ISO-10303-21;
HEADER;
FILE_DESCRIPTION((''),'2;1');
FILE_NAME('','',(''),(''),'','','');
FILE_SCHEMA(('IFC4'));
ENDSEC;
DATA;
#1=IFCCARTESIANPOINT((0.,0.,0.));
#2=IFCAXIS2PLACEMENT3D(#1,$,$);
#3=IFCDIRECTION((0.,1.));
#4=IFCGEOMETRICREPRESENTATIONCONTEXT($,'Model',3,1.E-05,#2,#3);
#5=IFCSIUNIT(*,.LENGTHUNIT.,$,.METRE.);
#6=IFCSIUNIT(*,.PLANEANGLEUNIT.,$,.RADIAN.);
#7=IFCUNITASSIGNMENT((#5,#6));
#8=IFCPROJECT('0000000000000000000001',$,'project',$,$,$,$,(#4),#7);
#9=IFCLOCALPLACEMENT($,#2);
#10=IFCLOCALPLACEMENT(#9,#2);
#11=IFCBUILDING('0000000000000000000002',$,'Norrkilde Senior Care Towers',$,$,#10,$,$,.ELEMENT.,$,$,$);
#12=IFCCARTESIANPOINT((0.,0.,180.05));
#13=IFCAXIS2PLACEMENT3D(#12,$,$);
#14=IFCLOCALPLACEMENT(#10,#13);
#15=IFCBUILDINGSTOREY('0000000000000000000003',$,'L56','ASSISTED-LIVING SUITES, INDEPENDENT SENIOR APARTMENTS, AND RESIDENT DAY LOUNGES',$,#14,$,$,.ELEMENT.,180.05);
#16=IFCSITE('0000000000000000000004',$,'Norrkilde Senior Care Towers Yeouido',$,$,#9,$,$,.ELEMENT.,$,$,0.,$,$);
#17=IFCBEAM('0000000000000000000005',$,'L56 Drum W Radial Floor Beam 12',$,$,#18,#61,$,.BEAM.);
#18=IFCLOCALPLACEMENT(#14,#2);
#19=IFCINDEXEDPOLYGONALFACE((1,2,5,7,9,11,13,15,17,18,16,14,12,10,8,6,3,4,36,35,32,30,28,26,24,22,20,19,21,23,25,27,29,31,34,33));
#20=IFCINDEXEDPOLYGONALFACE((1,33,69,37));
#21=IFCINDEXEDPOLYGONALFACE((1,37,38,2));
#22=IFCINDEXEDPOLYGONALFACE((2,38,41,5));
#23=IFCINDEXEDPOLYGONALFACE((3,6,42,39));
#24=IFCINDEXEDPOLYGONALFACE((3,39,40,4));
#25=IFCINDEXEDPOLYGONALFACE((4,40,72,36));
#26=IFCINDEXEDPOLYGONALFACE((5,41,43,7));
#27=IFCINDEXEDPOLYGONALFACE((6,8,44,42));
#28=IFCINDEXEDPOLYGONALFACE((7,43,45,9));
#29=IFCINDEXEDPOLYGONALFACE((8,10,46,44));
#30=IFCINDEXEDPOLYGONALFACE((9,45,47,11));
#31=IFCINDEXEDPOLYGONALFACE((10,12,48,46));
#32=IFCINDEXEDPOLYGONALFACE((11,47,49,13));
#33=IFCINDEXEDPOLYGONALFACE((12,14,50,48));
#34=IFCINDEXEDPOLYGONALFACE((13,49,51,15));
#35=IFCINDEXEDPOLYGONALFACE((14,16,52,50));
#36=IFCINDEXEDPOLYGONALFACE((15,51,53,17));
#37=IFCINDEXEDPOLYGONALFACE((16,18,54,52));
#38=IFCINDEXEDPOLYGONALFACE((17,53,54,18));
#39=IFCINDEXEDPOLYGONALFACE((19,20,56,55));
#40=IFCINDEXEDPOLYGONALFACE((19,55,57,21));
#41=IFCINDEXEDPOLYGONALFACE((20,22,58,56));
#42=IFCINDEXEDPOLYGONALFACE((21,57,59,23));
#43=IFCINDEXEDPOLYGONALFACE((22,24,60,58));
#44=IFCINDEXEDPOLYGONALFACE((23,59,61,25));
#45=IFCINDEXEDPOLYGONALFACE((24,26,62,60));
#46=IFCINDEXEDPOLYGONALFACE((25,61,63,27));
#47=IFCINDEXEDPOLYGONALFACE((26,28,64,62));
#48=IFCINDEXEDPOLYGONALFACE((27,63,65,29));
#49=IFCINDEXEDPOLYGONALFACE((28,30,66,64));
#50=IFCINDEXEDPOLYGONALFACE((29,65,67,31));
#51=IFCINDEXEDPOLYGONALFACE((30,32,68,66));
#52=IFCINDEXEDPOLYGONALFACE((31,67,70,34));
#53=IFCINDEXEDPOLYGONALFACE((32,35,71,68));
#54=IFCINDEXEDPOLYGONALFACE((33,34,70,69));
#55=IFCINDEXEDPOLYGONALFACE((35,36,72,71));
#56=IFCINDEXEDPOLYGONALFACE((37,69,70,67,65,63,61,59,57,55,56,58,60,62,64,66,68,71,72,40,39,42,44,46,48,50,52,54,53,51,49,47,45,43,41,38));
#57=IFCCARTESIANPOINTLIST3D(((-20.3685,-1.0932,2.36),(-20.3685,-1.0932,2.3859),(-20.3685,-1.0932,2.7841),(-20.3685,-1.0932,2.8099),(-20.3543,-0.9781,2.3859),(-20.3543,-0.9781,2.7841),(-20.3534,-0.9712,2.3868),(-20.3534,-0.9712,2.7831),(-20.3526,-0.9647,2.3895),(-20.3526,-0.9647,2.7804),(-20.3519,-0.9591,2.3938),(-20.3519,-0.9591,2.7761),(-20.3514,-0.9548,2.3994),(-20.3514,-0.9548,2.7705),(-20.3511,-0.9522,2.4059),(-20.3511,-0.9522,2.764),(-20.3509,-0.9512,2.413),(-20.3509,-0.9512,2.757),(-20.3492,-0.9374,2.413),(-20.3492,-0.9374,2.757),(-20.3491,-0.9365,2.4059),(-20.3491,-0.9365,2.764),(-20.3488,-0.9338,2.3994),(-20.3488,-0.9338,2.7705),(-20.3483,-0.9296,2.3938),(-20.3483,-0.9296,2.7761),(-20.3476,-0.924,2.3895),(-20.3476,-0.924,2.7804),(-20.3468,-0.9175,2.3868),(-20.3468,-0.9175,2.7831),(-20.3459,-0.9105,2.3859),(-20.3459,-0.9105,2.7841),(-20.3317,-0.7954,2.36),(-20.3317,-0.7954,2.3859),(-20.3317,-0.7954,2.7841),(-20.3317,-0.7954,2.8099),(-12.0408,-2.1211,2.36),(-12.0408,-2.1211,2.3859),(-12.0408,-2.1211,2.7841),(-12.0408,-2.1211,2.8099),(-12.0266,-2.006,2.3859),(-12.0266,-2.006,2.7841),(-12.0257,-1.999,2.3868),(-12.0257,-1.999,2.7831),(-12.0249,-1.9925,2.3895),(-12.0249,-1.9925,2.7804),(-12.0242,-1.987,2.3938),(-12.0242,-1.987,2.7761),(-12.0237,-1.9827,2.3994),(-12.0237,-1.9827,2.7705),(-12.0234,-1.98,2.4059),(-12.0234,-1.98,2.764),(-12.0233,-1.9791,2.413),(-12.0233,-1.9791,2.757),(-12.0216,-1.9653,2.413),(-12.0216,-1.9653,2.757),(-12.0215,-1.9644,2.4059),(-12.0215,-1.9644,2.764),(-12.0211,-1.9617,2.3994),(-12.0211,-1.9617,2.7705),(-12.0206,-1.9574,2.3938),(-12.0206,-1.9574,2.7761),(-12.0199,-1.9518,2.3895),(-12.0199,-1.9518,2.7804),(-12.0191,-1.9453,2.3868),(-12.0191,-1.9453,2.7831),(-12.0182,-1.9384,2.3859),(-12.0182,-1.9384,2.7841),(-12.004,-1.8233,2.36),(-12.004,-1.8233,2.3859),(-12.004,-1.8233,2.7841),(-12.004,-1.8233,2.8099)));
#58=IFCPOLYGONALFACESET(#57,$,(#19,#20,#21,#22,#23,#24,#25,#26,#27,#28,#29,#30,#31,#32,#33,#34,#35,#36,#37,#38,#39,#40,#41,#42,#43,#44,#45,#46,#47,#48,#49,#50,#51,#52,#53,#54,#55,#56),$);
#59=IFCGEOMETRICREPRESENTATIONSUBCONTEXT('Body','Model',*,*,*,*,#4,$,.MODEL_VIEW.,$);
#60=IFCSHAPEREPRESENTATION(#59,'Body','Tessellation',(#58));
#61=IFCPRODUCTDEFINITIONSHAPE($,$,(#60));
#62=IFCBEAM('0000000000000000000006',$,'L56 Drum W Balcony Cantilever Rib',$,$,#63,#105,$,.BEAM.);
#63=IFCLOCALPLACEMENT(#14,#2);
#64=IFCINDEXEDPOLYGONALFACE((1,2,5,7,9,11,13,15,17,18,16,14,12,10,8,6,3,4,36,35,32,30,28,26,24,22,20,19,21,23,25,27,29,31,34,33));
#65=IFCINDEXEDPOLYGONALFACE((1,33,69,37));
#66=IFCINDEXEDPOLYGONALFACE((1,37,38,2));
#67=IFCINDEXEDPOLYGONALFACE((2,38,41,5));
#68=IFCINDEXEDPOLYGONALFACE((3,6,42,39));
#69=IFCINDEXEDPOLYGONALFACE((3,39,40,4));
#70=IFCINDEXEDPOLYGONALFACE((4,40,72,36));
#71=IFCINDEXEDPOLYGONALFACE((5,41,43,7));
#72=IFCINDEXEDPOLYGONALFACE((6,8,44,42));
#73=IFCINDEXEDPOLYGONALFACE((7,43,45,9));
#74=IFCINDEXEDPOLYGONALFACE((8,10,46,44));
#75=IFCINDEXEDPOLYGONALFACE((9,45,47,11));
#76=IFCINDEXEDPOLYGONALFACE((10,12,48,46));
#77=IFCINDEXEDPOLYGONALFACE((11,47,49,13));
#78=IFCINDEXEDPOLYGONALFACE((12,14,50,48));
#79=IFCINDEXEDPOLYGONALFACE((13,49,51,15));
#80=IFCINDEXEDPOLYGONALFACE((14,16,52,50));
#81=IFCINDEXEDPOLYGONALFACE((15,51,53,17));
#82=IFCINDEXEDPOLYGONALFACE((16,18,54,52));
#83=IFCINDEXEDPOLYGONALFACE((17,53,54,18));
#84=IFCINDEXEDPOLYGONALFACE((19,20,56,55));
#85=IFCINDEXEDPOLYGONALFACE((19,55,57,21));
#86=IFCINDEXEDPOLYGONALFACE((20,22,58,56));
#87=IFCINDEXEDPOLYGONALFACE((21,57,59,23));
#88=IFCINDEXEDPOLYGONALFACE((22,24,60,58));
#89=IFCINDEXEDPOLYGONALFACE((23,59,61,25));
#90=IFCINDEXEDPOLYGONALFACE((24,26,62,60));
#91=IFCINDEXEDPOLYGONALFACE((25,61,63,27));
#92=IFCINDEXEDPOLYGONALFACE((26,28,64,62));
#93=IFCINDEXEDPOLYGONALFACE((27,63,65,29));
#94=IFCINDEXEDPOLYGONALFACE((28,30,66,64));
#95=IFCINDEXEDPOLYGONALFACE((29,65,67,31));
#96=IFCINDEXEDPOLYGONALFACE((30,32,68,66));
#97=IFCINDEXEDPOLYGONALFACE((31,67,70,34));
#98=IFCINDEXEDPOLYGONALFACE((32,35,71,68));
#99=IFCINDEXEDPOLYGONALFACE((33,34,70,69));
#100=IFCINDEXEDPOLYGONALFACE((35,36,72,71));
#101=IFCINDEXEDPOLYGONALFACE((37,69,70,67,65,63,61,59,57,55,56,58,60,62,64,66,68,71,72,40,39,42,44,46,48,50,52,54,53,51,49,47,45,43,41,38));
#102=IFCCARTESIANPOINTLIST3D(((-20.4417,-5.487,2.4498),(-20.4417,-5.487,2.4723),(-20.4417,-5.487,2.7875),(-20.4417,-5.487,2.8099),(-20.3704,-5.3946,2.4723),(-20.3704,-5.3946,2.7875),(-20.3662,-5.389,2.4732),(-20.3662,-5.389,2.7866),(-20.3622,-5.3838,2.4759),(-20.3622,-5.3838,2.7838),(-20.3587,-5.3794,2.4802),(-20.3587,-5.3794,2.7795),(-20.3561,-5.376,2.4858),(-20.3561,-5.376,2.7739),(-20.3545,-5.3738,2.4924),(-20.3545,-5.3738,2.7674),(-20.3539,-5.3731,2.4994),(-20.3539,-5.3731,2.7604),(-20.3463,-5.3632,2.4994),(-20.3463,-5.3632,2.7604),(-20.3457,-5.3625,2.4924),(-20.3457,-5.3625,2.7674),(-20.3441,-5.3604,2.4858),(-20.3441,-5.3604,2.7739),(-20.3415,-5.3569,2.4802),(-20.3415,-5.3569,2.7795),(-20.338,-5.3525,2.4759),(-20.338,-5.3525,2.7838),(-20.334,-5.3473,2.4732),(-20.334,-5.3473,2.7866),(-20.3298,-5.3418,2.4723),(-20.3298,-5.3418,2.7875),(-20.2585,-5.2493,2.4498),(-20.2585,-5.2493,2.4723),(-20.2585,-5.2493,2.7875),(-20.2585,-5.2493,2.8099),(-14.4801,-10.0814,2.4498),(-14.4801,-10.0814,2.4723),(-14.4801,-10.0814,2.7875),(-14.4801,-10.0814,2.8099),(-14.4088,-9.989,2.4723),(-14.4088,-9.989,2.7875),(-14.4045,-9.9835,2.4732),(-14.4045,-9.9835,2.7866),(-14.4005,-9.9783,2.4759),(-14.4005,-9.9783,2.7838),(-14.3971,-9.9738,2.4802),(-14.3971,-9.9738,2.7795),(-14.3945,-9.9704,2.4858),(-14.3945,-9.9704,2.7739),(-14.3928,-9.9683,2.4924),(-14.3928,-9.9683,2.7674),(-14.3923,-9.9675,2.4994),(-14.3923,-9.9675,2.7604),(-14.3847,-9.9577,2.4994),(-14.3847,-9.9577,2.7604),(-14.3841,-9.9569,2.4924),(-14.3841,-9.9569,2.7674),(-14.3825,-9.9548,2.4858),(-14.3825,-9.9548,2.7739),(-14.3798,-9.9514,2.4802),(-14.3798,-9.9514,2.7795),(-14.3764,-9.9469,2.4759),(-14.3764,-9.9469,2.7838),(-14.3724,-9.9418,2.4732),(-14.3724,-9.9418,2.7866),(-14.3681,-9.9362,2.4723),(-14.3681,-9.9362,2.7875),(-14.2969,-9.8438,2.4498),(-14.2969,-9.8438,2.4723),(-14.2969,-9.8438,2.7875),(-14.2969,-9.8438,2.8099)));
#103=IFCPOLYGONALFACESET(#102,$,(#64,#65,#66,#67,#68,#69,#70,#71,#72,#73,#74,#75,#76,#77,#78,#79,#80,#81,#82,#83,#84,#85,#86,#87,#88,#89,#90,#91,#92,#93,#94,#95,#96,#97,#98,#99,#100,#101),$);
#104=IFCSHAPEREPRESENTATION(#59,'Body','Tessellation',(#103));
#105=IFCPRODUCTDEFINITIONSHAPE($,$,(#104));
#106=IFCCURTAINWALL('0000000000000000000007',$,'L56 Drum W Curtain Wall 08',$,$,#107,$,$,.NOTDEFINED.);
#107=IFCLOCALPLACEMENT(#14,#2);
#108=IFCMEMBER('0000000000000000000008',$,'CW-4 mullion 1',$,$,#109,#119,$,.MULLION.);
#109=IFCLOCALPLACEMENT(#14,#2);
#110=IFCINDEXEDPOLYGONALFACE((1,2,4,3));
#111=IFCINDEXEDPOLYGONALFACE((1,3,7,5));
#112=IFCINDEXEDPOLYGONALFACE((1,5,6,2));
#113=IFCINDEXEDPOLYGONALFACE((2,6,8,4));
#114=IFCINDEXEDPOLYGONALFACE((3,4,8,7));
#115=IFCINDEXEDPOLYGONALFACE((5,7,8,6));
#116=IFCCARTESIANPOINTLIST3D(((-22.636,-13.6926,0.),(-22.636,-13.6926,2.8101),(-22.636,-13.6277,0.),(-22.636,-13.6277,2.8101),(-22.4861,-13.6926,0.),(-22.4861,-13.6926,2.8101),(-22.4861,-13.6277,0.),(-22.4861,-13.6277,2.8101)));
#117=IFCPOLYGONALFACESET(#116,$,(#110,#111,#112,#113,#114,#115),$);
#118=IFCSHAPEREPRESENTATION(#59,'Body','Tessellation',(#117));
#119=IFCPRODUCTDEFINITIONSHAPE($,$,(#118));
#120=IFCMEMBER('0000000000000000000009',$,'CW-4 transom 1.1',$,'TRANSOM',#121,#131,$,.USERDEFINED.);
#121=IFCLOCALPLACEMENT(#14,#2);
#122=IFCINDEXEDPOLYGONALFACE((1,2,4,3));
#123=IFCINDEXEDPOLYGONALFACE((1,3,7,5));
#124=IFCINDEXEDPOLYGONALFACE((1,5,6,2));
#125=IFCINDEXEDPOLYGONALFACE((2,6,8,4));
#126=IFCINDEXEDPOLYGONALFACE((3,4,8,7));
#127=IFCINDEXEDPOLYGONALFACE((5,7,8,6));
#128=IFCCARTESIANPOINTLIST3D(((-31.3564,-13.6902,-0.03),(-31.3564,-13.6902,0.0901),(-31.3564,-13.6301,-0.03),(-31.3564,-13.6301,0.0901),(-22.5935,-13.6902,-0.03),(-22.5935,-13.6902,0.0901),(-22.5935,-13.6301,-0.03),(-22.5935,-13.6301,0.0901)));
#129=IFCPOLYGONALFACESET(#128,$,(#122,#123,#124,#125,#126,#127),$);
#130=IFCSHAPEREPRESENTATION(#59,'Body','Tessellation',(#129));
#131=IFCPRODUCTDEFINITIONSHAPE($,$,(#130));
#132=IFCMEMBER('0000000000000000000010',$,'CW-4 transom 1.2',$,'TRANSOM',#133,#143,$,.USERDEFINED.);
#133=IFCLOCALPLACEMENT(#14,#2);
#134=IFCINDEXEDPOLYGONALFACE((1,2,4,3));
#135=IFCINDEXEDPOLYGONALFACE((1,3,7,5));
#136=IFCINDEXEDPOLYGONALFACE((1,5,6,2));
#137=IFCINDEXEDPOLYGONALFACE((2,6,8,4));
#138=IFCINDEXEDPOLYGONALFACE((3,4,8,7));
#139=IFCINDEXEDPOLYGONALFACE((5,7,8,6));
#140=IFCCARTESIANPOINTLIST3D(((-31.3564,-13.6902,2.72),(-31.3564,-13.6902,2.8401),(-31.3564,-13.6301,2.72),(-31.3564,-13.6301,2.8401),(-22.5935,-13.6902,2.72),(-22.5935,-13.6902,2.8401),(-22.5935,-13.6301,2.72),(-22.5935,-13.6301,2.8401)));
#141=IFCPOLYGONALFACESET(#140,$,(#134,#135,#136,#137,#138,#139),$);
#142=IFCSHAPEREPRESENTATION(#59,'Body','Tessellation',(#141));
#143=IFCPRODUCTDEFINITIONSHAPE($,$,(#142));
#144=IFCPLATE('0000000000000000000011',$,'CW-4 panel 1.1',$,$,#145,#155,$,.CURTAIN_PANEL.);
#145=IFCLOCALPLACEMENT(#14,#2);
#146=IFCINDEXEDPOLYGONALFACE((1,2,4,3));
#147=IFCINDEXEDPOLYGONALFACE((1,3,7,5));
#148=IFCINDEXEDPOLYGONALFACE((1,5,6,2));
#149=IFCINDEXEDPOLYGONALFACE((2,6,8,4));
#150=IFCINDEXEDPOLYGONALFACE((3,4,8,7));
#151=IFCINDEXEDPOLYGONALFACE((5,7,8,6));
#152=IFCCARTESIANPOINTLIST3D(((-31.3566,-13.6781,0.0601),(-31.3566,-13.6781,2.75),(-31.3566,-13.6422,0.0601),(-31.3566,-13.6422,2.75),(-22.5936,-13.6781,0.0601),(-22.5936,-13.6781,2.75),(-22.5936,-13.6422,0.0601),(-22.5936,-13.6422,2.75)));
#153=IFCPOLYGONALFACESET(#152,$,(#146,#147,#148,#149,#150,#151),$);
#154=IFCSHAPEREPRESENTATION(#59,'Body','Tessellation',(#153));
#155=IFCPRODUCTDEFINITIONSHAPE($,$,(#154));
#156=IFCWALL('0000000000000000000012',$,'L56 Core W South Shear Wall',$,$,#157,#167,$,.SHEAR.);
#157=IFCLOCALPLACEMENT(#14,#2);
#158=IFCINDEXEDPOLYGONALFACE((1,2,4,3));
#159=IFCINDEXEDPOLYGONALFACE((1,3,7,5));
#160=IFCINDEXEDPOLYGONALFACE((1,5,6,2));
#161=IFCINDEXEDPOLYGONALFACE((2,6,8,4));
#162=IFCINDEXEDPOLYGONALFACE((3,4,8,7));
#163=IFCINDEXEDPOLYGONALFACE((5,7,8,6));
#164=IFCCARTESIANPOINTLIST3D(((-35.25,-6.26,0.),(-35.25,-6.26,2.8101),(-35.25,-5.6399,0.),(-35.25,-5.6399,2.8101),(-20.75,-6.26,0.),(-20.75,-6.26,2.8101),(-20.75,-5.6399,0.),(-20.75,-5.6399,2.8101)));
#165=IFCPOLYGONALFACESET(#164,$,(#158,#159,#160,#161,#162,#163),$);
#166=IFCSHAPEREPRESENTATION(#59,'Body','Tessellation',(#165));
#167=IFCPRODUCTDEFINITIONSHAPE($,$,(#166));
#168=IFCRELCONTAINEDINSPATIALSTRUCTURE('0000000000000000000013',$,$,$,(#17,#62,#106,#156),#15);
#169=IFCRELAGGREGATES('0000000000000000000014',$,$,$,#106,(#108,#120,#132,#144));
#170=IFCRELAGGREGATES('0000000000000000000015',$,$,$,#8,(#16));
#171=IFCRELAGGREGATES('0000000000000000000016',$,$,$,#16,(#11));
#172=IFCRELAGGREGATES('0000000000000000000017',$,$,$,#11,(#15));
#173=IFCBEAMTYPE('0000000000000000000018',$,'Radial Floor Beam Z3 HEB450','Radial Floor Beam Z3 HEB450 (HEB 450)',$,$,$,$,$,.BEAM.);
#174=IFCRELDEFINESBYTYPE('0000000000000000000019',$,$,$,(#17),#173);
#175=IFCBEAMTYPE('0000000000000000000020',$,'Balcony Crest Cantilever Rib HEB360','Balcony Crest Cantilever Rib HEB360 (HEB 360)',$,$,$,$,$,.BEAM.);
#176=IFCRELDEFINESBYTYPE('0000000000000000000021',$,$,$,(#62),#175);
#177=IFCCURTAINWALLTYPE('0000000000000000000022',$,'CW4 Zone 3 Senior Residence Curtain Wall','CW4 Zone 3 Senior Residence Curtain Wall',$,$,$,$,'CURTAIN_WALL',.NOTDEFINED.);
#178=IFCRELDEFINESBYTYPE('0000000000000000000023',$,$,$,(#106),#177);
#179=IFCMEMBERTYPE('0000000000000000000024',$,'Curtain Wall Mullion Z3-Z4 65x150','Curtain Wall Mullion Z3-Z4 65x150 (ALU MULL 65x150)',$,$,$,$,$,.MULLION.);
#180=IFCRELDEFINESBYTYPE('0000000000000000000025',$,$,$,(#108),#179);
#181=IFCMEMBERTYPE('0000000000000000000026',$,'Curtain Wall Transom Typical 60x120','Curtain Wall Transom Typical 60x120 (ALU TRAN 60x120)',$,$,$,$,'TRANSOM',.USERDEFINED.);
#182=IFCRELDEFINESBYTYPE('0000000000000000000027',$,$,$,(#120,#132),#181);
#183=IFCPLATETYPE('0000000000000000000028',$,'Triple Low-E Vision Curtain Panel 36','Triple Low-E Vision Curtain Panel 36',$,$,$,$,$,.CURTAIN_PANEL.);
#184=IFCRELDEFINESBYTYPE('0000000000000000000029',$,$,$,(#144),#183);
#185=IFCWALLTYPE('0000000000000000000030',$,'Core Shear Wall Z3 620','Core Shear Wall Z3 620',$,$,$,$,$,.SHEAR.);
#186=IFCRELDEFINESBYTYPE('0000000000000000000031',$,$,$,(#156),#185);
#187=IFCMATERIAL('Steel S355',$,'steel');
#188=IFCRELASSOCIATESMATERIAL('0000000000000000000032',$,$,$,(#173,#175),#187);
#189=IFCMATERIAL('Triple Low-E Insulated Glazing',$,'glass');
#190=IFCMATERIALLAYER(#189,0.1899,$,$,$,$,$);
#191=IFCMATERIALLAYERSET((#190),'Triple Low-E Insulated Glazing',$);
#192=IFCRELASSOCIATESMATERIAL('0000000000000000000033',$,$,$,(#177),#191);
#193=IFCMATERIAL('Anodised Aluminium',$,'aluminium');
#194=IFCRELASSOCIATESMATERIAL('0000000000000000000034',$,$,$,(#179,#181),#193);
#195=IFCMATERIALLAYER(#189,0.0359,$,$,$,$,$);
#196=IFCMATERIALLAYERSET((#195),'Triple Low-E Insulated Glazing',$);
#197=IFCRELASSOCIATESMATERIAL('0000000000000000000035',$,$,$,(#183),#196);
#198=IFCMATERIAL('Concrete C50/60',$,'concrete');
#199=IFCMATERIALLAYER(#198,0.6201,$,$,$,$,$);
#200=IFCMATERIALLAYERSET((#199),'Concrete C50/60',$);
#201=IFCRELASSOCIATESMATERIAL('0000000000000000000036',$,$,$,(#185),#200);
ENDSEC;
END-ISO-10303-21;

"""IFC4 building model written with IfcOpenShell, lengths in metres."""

from ifc_helpers import new_model, si_unit, direction, frame, frame_2d, origin, origin_2d, place, context, subcontext, project, spatial, rectangle, i_section, extrude, source, transform, mapped, material, layer, layer_set, material_profile, profile_set, type_object, type_shapes, element, aggregate, save


model = new_model("IFC4")

# Units and contexts
model_context = context("Model", 3, precision=1e-05, world=origin(), true_north=direction((0.0, 1.0)))
body_context = subcontext(model_context, "Body", "Model", "MODEL_VIEW")
ifc_project = project(units=[si_unit("LENGTHUNIT", "METRE"), si_unit("PLANEANGLEUNIT", "RADIAN")], contexts=[model_context])

# Site, building, storey
site_placement = place(None, origin())
site = spatial("IfcSite", under=ifc_project, at=site_placement, Name="Norrkilde Senior Care Towers Yeouido", CompositionType="ELEMENT", RefElevation=0.0)
building_placement = place(site_placement, origin())
building = spatial("IfcBuilding", under=site, at=building_placement, Name="Norrkilde Senior Care Towers", CompositionType="ELEMENT")
storey_placement = place(building_placement, frame((0.0, 0.0, 180.05)))
storey = spatial("IfcBuildingStorey", under=building, at=storey_placement, Name="L56", Description="ASSISTED-LIVING SUITES, INDEPENDENT SENIOR APARTMENTS, AND RESIDENT DAY LOUNGES", CompositionType="ELEMENT", Elevation=180.05)

# Shared definitions
ifc_material_1 = material(Name="Concrete C50/60", Category="concrete")

# Beams
ifc_material_2 = material(Name="Steel S355", Category="steel")
ifc_material_profile_1 = material_profile(ifc_material_2, i_section(OverallWidth=0.3, OverallDepth=0.45, WebThickness=0.0139, FlangeThickness=0.0259, FilletRadius=0.0271, at=origin_2d()), Name="HEB 450")
ifc_profile_set_1 = profile_set([ifc_material_profile_1], Name="Steel S355")
beam_type_1 = type_object("IfcBeamType", Name="Radial Floor Beam Z3 HEB450", Description="Radial Floor Beam Z3 HEB450 (HEB 450)", PredefinedType="BEAM", material=ifc_profile_set_1)
shared_shape_1 = source(origin(), body_context, "Body", "SweptSolid", [
    extrude(i_section(OverallWidth=0.3, OverallDepth=0.45, WebThickness=0.0139, FlangeThickness=0.0259, FilletRadius=0.0271, at=origin_2d()), origin(), (0.0, 0.0, 1.0), 8.3909),
])
beam_1_placement = place(storey_placement, frame((-20.3501, -0.9443, 2.585), z_axis=(0.992469, -0.122495, 0.0), x_axis=(0.122495, 0.992469, 0.0)))
element("IfcBeam", 1, at=beam_1_placement, inside=storey, type_object=beam_type_1, Name="L56 Drum W Radial Floor Beam 12", PredefinedType="BEAM", context=body_context, shape_type="MappedRepresentation", body=[
    mapped(shared_shape_1, transform((0.0, 0.0, 0.0), x_axis=(1.0, 0.0, 0.0), y_axis=(0.0, 1.0, 0.0), z_axis=(0.0, 0.0, 1.0), scale=1.0)),
])
ifc_material_profile_2 = material_profile(ifc_material_2, i_section(OverallWidth=0.3, OverallDepth=0.3601, WebThickness=0.0125, FlangeThickness=0.0225, FilletRadius=0.0271, at=origin_2d()), Name="HEB 360")
ifc_profile_set_2 = profile_set([ifc_material_profile_2], Name="Steel S355")
beam_type_2 = type_object("IfcBeamType", Name="Balcony Crest Cantilever Rib HEB360", Description="Balcony Crest Cantilever Rib HEB360 (HEB 360)", PredefinedType="BEAM", material=ifc_profile_set_2)
shared_shape_2 = source(origin(), body_context, "Body", "SweptSolid", [
    extrude(i_section(OverallWidth=0.3, OverallDepth=0.3601, WebThickness=0.0125, FlangeThickness=0.0225, FilletRadius=0.0271, at=origin_2d()), origin(), (0.0, 0.0, 1.0), 7.5266),
])
type_shapes(beam_type_2, [shared_shape_2])
beam_2_placement = place(storey_placement, frame((-20.3501, -5.3682, 2.6299), z_axis=(0.792073, -0.610427, 0.0), x_axis=(0.610427, 0.792073, 0.0)))
element("IfcBeam", 2, at=beam_2_placement, inside=storey, type_object=beam_type_2, Name="L56 Drum W Balcony Cantilever Rib", PredefinedType="BEAM", context=body_context, shape_type="MappedRepresentation", body=[
    mapped(shared_shape_2, transform((0.0, 0.0, 0.0), x_axis=(1.0, 0.0, 0.0), y_axis=(0.0, 1.0, 0.0), z_axis=(0.0, 0.0, 1.0), scale=1.0)),
])

# Curtain wall, members, plate
ifc_material_3 = material(Name="Triple Low-E Insulated Glazing", Category="glass")
ifc_layer_1 = layer(ifc_material_3, 0.1899)
ifc_layer_set_1 = layer_set([ifc_layer_1], Name="Triple Low-E Insulated Glazing")
curtain_wall_type = type_object("IfcCurtainWallType", Name="CW4 Zone 3 Senior Residence Curtain Wall", Description="CW4 Zone 3 Senior Residence Curtain Wall", ElementType="CURTAIN_WALL", PredefinedType="NOTDEFINED", material=ifc_layer_set_1)
curtain_wall_placement = place(storey_placement, origin())
curtain_wall = element("IfcCurtainWall", 3, at=curtain_wall_placement, inside=storey, type_object=curtain_wall_type, Name="L56 Drum W Curtain Wall 08", PredefinedType="NOTDEFINED")
ifc_material_4 = material(Name="Anodised Aluminium", Category="aluminium")
ifc_material_profile_3 = material_profile(ifc_material_4, rectangle(XDim=0.0649, YDim=0.1499, at=origin_2d()), Name="ALU MULL 65x150")
ifc_profile_set_3 = profile_set([ifc_material_profile_3], Name="Anodised Aluminium")
member_type_1 = type_object("IfcMemberType", Name="Curtain Wall Mullion Z3-Z4 65x150", Description="Curtain Wall Mullion Z3-Z4 65x150 (ALU MULL 65x150)", PredefinedType="MULLION", material=ifc_profile_set_3)
shared_shape_3 = source(origin(), body_context, "Body", "SweptSolid", [
    extrude(rectangle(XDim=0.0649, YDim=0.1499, at=origin_2d()), origin(), (0.0, 0.0, 1.0), 2.8101),
])
type_shapes(member_type_1, [shared_shape_3])
member_1_placement = place(storey_placement, frame((-22.561, -13.6602, 0.0), z_axis=(0.0, 0.0, 1.0), x_axis=(0.0, -1.0, 0.0)))
member_1 = element("IfcMember", 4, at=member_1_placement, type_object=member_type_1, Name="CW-4 mullion 1", PredefinedType="MULLION", context=body_context, shape_type="MappedRepresentation", body=[
    mapped(shared_shape_3, transform((0.0, 0.0, 0.0), x_axis=(1.0, 0.0, 0.0), y_axis=(0.0, 1.0, 0.0), z_axis=(0.0, 0.0, 1.0), scale=1.0)),
])
ifc_material_profile_4 = material_profile(ifc_material_4, rectangle(XDim=0.0601, YDim=0.1201, at=origin_2d()), Name="ALU TRAN 60x120")
ifc_profile_set_4 = profile_set([ifc_material_profile_4], Name="Anodised Aluminium")
member_type_2 = type_object("IfcMemberType", Name="Curtain Wall Transom Typical 60x120", Description="Curtain Wall Transom Typical 60x120 (ALU TRAN 60x120)", ElementType="TRANSOM", PredefinedType="USERDEFINED", material=ifc_profile_set_4)
shared_shape_4 = source(origin(), body_context, "Body", "SweptSolid", [
    extrude(rectangle(XDim=0.0601, YDim=0.1201, at=origin_2d()), origin(), (0.0, 0.0, 1.0), 8.7629),
])
type_shapes(member_type_2, [shared_shape_4])
member_2_placement = place(storey_placement, frame((-22.5935, -13.6602, 0.03), z_axis=(-1.0, 0.0, 0.0), x_axis=(0.0, -1.0, 0.0)))
member_2 = element("IfcMember", 5, at=member_2_placement, type_object=member_type_2, Name="CW-4 transom 1.1", ObjectType="TRANSOM", PredefinedType="USERDEFINED", context=body_context, shape_type="MappedRepresentation", body=[
    mapped(shared_shape_4, transform((0.0, 0.0, 0.0), x_axis=(1.0, 0.0, 0.0), y_axis=(0.0, 1.0, 0.0), z_axis=(0.0, 0.0, 1.0), scale=1.0)),
])
member_3_placement = place(storey_placement, frame((-22.5935, -13.6602, 2.78), z_axis=(-1.0, 0.0, 0.0), x_axis=(0.0, -1.0, 0.0)))
member_3 = element("IfcMember", 6, at=member_3_placement, type_object=member_type_2, Name="CW-4 transom 1.2", ObjectType="TRANSOM", PredefinedType="USERDEFINED", context=body_context, shape_type="MappedRepresentation", body=[
    mapped(shared_shape_4, transform((0.0, 0.0, 0.0), x_axis=(1.0, 0.0, 0.0), y_axis=(0.0, 1.0, 0.0), z_axis=(0.0, 0.0, 1.0), scale=1.0)),
])
ifc_layer_2 = layer(ifc_material_3, 0.0359)
ifc_layer_set_2 = layer_set([ifc_layer_2], Name="Triple Low-E Insulated Glazing")
plate_type = type_object("IfcPlateType", Name="Triple Low-E Vision Curtain Panel 36", Description="Triple Low-E Vision Curtain Panel 36", PredefinedType="CURTAIN_PANEL", material=ifc_layer_set_2)
shared_shape_5 = source(origin(), body_context, "Body", "SweptSolid", [
    extrude(rectangle(XDim=8.7629, YDim=0.0359, at=origin_2d()), origin(), (0.0, 0.0, 1.0), 2.6899),
])
type_shapes(plate_type, [shared_shape_5])
plate_placement = place(storey_placement, frame((-26.9751, -13.6602, 0.0601), z_axis=(0.0, 0.0, 1.0), x_axis=(-1.0, 0.0, 0.0)))
plate = element("IfcPlate", 7, at=plate_placement, type_object=plate_type, Name="CW-4 panel 1.1", PredefinedType="CURTAIN_PANEL", context=body_context, shape_type="MappedRepresentation", body=[
    mapped(shared_shape_5, transform((0.0, 0.0, 0.0), x_axis=(1.0, 0.0, 0.0), y_axis=(0.0, 1.0, 0.0), z_axis=(0.0, 0.0, 1.0), scale=1.0)),
])
aggregate(curtain_wall, [member_1, member_2, member_3, plate])

# Wall
ifc_layer_3 = layer(ifc_material_1, 0.6201)
ifc_layer_set_3 = layer_set([ifc_layer_3], Name="Concrete C50/60")
wall_type_1 = type_object("IfcWallType", Name="Core Shear Wall Z3 620", Description="Core Shear Wall Z3 620", PredefinedType="SHEAR", material=ifc_layer_set_3)
shared_shape_6 = source(origin(), body_context, "Body", "SweptSolid", [
    extrude(rectangle(XDim=14.5, YDim=0.6201, at=frame_2d((7.25, 0.0))), origin(), (0.0, 0.0, 1.0), 2.8101),
])
type_shapes(wall_type_1, [shared_shape_6])
wall_1_placement = place(storey_placement, frame((-20.75, -5.95, 0.0), z_axis=(0.0, 0.0, 1.0), x_axis=(-1.0, 0.0, 0.0)))
element("IfcWall", 8, at=wall_1_placement, inside=storey, type_object=wall_type_1, Name="L56 Core W South Shear Wall", PredefinedType="SHEAR", context=body_context, shape_type="MappedRepresentation", body=[
    mapped(shared_shape_6, transform((0.0, 0.0, 0.0), x_axis=(1.0, 0.0, 0.0), y_axis=(0.0, 1.0, 0.0), z_axis=(0.0, 0.0, 1.0), scale=1.0)),
])

save(model, "model.ifc")
